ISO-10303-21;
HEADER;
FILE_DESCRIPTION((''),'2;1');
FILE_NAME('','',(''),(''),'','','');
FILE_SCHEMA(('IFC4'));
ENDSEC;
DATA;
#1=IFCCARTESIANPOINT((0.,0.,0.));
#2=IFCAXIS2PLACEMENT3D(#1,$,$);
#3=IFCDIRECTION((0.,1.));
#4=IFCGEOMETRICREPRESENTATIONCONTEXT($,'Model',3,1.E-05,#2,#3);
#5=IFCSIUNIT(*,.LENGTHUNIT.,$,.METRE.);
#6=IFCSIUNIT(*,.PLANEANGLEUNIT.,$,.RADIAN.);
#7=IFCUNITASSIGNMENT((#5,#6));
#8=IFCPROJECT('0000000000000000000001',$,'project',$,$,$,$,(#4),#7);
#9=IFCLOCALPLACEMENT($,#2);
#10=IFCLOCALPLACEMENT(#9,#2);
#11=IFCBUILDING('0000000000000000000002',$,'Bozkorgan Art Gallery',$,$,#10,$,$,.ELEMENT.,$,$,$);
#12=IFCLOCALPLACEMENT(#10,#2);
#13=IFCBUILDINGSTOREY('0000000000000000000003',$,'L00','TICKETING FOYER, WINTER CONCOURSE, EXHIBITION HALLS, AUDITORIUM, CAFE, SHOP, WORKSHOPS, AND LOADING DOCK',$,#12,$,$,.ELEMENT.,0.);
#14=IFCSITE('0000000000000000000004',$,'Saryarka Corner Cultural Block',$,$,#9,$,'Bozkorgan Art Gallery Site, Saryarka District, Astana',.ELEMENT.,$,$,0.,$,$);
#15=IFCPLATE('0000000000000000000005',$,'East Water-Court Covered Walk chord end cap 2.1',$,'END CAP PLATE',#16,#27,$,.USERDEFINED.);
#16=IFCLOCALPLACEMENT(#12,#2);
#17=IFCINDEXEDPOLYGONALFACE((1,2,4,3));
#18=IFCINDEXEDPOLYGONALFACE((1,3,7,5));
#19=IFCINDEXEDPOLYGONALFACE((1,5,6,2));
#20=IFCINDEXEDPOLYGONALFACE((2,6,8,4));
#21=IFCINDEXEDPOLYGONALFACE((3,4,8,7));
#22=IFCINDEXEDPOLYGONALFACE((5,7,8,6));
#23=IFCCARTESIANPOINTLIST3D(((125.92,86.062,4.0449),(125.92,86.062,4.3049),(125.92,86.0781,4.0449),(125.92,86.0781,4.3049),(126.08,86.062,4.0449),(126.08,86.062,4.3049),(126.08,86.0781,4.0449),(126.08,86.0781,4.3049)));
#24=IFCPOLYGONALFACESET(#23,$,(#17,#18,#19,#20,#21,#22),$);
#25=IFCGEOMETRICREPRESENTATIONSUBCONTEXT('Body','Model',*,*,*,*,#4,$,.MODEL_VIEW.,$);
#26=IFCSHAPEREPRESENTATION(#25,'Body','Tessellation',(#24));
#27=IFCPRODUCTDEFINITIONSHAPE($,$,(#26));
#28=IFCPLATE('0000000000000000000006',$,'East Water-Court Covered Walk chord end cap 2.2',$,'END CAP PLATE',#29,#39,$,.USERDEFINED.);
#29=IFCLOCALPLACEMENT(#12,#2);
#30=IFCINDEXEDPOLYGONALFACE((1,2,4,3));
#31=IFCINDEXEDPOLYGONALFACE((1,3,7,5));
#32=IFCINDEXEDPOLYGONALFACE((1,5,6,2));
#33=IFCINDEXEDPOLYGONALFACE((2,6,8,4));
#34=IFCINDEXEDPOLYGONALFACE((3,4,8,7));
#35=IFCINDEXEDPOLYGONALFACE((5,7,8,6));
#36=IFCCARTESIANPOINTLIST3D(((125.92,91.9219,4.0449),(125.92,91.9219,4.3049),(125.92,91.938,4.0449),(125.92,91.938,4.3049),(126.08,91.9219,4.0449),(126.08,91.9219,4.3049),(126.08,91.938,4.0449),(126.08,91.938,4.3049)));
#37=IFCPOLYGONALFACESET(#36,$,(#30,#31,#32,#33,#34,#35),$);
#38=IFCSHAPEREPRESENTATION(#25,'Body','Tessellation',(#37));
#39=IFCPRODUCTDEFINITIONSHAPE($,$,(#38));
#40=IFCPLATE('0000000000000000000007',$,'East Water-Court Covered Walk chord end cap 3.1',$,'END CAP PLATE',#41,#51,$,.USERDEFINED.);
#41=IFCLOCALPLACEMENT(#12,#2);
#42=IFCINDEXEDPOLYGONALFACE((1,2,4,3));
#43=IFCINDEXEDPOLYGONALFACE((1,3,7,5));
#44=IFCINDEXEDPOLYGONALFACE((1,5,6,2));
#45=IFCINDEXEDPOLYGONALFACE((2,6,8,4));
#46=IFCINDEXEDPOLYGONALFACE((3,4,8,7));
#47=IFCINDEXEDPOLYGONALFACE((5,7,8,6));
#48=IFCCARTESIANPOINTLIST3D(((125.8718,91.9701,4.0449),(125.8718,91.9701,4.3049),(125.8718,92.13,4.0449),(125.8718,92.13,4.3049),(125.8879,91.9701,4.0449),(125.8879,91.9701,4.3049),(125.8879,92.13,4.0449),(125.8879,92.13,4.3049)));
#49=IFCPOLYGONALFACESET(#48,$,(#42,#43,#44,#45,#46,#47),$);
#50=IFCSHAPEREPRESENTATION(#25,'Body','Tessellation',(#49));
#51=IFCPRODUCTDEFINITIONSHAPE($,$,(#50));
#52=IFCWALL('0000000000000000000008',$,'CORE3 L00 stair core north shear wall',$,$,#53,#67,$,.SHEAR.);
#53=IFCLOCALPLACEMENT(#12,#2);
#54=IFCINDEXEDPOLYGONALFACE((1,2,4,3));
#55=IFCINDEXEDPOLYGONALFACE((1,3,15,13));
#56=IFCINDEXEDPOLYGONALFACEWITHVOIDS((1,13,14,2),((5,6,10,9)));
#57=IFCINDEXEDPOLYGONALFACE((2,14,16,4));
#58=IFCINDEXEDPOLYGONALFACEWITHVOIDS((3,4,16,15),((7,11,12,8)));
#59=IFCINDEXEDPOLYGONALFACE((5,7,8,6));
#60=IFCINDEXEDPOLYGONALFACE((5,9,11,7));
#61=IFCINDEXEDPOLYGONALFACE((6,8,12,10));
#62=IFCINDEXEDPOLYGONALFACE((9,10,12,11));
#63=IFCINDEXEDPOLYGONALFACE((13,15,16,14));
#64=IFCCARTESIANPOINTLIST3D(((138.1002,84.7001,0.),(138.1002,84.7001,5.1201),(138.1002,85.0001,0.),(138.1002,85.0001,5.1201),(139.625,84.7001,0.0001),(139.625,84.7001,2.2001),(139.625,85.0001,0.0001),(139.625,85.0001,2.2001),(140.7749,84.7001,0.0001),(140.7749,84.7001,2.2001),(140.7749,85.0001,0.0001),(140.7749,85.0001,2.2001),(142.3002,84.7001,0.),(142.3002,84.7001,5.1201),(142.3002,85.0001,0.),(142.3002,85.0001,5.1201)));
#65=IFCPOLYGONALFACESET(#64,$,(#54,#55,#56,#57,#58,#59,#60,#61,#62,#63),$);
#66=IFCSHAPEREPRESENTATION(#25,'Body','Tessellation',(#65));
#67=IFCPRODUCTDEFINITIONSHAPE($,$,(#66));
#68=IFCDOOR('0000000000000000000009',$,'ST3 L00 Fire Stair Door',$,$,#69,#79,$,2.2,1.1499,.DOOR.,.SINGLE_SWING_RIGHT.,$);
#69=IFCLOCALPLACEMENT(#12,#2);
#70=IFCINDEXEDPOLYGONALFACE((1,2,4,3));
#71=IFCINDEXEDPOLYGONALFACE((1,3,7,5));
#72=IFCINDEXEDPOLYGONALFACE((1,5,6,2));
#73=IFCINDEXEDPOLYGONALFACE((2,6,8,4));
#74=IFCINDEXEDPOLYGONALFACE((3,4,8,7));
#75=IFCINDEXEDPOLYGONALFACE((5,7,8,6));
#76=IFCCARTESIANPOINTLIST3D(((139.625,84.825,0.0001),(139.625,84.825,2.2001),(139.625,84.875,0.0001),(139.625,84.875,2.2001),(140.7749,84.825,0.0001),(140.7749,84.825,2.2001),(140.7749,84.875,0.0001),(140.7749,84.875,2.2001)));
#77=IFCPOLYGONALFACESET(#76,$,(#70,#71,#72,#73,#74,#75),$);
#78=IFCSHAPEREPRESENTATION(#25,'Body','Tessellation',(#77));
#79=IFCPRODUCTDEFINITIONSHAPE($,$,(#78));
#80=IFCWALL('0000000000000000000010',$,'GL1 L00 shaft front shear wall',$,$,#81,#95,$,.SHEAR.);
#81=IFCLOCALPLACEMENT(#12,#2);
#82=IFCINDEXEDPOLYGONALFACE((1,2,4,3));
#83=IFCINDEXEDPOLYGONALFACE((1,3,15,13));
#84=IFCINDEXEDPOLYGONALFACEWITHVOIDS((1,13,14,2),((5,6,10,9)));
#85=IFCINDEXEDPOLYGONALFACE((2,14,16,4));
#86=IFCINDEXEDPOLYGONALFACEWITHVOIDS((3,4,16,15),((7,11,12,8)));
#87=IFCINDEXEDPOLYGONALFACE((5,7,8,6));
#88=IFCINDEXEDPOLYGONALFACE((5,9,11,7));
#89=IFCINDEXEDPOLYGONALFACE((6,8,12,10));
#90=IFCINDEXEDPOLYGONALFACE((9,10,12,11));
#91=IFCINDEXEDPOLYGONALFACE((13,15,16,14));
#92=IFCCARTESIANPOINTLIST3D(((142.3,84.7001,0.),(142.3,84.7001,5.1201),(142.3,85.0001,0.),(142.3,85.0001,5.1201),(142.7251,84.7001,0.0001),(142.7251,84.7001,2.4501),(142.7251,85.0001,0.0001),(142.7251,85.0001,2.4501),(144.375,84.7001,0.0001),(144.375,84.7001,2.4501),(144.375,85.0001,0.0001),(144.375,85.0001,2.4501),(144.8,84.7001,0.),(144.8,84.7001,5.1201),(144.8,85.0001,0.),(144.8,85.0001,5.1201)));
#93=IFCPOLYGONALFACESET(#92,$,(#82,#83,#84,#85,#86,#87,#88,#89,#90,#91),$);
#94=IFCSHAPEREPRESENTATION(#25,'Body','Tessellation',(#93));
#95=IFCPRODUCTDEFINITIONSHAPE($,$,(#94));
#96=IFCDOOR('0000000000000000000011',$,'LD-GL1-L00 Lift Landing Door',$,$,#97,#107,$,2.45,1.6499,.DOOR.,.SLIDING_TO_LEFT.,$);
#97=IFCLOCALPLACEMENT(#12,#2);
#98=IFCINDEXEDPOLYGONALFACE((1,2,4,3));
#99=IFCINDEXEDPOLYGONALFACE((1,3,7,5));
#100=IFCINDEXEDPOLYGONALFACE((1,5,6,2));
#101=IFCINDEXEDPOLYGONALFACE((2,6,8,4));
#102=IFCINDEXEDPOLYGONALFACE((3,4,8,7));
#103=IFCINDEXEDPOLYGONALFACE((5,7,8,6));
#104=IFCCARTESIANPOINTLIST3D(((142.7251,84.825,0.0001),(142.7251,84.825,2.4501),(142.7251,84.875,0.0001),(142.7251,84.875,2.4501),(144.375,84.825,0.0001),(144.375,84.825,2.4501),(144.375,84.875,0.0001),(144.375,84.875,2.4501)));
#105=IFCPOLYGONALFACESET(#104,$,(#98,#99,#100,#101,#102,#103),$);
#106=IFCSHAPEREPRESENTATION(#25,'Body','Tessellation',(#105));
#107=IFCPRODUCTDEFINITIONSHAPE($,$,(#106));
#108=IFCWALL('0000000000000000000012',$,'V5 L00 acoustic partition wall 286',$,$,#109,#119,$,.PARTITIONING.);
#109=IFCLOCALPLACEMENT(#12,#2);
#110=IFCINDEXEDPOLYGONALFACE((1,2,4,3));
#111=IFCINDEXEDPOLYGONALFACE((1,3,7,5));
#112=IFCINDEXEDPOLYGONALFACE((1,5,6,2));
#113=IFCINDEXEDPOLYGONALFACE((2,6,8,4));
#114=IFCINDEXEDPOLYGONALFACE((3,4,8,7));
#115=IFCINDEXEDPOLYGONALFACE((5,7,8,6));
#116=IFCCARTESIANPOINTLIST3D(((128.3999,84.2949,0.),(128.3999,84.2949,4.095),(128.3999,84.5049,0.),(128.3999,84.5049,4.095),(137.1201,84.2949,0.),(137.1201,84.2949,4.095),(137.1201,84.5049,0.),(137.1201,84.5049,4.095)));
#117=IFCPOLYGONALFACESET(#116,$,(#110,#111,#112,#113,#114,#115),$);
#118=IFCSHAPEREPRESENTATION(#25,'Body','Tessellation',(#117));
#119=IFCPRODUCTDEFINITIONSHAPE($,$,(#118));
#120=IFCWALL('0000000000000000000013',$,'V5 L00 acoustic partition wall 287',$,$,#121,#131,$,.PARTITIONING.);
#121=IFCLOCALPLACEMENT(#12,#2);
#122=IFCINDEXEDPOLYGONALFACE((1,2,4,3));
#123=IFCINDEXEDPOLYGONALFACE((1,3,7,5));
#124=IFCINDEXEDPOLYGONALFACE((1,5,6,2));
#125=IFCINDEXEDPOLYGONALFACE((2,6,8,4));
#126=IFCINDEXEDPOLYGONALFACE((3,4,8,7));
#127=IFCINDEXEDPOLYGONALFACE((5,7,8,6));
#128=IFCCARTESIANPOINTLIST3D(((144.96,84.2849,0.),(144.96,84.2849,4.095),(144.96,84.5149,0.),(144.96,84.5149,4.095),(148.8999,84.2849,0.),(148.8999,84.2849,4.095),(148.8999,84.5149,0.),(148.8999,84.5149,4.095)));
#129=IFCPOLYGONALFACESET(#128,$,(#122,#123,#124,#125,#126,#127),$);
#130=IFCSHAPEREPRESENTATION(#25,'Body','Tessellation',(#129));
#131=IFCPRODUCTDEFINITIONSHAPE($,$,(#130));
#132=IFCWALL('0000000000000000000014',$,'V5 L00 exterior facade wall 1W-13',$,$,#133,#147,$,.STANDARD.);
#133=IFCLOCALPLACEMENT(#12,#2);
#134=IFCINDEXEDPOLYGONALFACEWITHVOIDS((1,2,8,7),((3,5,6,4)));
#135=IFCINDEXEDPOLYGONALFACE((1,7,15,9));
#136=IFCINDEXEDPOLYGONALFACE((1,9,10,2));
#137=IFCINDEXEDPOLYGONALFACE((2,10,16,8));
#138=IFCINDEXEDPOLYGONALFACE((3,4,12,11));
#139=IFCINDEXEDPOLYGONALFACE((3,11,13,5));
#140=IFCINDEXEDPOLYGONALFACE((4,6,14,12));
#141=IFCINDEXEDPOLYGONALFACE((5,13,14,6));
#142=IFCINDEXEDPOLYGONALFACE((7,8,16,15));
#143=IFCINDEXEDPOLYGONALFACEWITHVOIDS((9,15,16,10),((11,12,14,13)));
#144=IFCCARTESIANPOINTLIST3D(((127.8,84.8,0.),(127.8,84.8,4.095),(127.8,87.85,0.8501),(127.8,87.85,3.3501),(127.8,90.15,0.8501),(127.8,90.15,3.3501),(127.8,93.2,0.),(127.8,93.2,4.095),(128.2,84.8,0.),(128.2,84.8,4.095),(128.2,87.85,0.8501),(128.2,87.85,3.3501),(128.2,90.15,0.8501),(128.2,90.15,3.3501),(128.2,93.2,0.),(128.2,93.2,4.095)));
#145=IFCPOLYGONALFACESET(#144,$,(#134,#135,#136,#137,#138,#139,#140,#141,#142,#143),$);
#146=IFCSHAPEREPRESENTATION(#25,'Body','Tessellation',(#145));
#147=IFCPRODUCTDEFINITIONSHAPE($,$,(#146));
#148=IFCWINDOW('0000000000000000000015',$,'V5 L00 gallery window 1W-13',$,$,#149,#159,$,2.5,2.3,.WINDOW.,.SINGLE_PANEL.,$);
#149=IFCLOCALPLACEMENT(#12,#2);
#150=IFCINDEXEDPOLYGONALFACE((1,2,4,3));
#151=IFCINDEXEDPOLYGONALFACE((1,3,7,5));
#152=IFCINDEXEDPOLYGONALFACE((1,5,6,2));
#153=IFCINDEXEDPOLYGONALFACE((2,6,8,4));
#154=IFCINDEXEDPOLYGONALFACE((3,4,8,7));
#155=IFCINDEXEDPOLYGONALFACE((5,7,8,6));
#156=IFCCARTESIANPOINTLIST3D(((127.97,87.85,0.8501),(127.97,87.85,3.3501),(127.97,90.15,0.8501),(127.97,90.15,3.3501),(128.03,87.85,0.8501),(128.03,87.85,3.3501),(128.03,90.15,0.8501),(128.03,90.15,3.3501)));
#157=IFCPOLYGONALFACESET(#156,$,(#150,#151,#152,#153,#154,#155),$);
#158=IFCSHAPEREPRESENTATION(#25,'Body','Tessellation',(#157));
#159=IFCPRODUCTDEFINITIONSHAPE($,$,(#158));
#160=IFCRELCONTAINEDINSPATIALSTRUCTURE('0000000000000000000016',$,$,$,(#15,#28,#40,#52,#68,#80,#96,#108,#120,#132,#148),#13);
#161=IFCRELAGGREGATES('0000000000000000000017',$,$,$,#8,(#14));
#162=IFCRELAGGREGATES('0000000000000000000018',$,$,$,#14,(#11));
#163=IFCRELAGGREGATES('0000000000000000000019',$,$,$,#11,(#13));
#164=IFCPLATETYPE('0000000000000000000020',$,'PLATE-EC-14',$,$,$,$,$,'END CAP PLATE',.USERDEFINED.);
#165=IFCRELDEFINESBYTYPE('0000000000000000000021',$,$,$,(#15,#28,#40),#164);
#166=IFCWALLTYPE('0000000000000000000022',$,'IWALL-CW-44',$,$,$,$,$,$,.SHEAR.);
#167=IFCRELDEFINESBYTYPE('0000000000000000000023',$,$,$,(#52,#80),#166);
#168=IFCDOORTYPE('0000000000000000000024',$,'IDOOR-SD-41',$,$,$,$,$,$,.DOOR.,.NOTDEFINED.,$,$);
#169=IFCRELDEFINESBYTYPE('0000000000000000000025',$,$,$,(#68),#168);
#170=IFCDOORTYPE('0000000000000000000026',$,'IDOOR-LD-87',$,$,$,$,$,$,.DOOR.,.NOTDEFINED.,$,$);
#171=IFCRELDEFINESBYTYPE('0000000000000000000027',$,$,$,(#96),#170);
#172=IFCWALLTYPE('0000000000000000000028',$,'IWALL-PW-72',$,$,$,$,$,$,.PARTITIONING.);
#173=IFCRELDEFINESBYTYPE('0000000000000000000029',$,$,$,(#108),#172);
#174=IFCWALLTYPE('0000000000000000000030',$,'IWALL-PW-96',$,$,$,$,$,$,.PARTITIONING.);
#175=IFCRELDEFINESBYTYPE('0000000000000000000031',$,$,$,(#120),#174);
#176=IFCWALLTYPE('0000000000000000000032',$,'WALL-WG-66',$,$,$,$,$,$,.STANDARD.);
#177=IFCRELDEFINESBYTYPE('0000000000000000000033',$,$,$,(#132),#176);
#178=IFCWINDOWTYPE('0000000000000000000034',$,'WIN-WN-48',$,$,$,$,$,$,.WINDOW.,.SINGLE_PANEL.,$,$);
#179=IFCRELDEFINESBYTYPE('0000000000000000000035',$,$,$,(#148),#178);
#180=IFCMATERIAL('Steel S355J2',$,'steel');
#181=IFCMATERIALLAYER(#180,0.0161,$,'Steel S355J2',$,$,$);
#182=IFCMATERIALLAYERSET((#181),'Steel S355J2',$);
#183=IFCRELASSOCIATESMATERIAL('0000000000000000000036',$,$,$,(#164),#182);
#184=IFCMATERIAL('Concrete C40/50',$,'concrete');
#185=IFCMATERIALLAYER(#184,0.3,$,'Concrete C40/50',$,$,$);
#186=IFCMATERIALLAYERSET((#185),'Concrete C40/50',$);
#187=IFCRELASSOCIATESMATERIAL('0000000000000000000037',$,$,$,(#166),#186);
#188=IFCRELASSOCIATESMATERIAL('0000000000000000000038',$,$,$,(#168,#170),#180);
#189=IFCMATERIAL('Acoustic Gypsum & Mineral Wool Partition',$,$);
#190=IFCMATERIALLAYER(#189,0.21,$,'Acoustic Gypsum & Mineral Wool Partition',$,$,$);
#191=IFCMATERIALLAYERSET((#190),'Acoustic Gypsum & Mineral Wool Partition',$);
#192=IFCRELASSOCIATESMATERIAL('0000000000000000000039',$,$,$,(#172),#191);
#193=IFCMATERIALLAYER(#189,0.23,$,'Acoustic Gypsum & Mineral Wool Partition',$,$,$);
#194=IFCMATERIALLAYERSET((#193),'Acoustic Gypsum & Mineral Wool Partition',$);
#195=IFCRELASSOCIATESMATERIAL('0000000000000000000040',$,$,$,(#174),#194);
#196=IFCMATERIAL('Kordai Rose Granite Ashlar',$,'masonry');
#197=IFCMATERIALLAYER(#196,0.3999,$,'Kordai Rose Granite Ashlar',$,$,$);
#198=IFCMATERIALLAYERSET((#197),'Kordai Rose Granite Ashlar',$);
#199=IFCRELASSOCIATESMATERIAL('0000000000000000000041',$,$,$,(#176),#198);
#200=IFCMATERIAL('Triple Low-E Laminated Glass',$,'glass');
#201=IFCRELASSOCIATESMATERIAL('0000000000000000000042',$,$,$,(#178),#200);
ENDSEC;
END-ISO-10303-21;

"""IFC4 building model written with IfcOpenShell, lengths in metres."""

from ifc_helpers import new_model, si_unit, direction, frame, frame_2d, origin, origin_2d, place, context, subcontext, project, spatial, rectangle, extrude, material, layer, layer_set, type_object, element, fill, save


model = new_model("IFC4")

# Units and contexts
model_context = context("Model", 3, precision=1e-05, world=origin(), true_north=direction((0.0, 1.0)))
body_context = subcontext(model_context, "Body", "Model", "MODEL_VIEW")
ifc_project = project(units=[si_unit("LENGTHUNIT", "METRE"), si_unit("PLANEANGLEUNIT", "RADIAN")], contexts=[model_context])

# Site, building, storey
site_placement = place(None, origin())
site = spatial("IfcSite", under=ifc_project, at=site_placement, Name="Saryarka Corner Cultural Block", LongName="Bozkorgan Art Gallery Site, Saryarka District, Astana", CompositionType="ELEMENT", RefElevation=0.0)
building_placement = place(site_placement, origin())
building = spatial("IfcBuilding", under=site, at=building_placement, Name="Bozkorgan Art Gallery", CompositionType="ELEMENT")
storey_placement = place(building_placement, origin())
storey = spatial("IfcBuildingStorey", under=building, at=storey_placement, Name="L00", Description="TICKETING FOYER, WINTER CONCOURSE, EXHIBITION HALLS, AUDITORIUM, CAFE, SHOP, WORKSHOPS, AND LOADING DOCK", CompositionType="ELEMENT", Elevation=0.0)

# Shared definitions
ifc_material_1 = material(Name="Concrete C40/50", Category="concrete")
ifc_material_2 = material(Name="Steel S355J2", Category="steel")

# Plates
ifc_layer_1 = layer(ifc_material_2, 0.0161, Name="Steel S355J2")
ifc_layer_set_1 = layer_set([ifc_layer_1], Name="Steel S355J2")
plate_type = type_object("IfcPlateType", Name="PLATE-EC-14", ElementType="END CAP PLATE", PredefinedType="USERDEFINED", material=ifc_layer_set_1)
for number, where, z_axis, x_axis, name in (
    (1, (126.0, 86.0701, 4.0449), (0.0, 0.0, 1.0), (0.0, 1.0, 0.0), "East Water-Court Covered Walk chord end cap 2.1"),
    (2, (126.0, 91.9299, 4.0449), (0.0, 0.0, 1.0), (0.0, 1.0, 0.0), "East Water-Court Covered Walk chord end cap 2.2"),
    (3, (125.8799, 92.05, 4.0449), (0.0, 0.0, 1.0), (-1.0, 0.0, 0.0), "East Water-Court Covered Walk chord end cap 3.1"),
):
    element("IfcPlate", number, at=place(storey_placement, frame(where, z_axis=z_axis, x_axis=x_axis)), inside=storey, type_object=plate_type, Name=name, ObjectType="END CAP PLATE", PredefinedType="USERDEFINED", context=body_context, shape_type="SweptSolid", body=[
        extrude(rectangle(XDim=0.0161, YDim=0.1599, at=origin_2d()), origin(), (0.0, 0.0, 1.0), 0.26),
    ])

# Walls, openings, doors
ifc_layer_2 = layer(ifc_material_1, 0.3, Name="Concrete C40/50")
ifc_layer_set_2 = layer_set([ifc_layer_2], Name="Concrete C40/50")
wall_type_1 = type_object("IfcWallType", Name="IWALL-CW-44", PredefinedType="SHEAR", material=ifc_layer_set_2)
wall_1_placement = place(storey_placement, frame((138.1001, 84.8501, 0.0), z_axis=(0.0, 0.0, 1.0), x_axis=(1.0, 0.0, 0.0)))
wall_1 = element("IfcWall", 4, at=wall_1_placement, inside=storey, type_object=wall_type_1, Name="CORE3 L00 stair core north shear wall", PredefinedType="SHEAR", context=body_context, shape_type="SweptSolid", body=[
    extrude(rectangle(XDim=4.2, YDim=0.3, at=frame_2d((2.1001, 0.0))), origin(), (0.0, 0.0, 1.0), 5.1201),
])
opening_1_placement = place(wall_1_placement, frame((1.5249, 0.0, 0.0)))
opening_1 = element("IfcOpeningElement", 5, at=opening_1_placement, cuts=wall_1, PredefinedType="OPENING", context=body_context, shape_type="SweptSolid", body=[
    extrude(rectangle(XDim=1.1499, YDim=2.2, at=frame_2d((0.575, 1.1001))), frame((0.0, 0.1602, 0.0), z_axis=(0.0, -1.0, 0.0), x_axis=(1.0, 0.0, 0.0)), (0.0, 0.0, 1.0), 0.3201),
])
door_type_1 = type_object("IfcDoorType", Name="IDOOR-SD-41", OperationType="NOTDEFINED", PredefinedType="DOOR", material=ifc_material_2)
door_1_placement = place(opening_1_placement, origin())
door_1 = element("IfcDoor", 6, at=door_1_placement, inside=storey, type_object=door_type_1, Name="ST3 L00 Fire Stair Door", OperationType="SINGLE_SWING_RIGHT", OverallHeight=2.2, OverallWidth=1.1499, PredefinedType="DOOR", context=body_context, shape_type="SweptSolid", body=[
    extrude(rectangle(XDim=1.1499, YDim=2.2, at=frame_2d((0.575, 1.1001))), frame((0.0, 0.0249, 0.0), z_axis=(0.0, -1.0, 0.0), x_axis=(1.0, 0.0, 0.0)), (0.0, 0.0, 1.0), 0.05),
])
fill(opening_1, door_1)
wall_2_placement = place(storey_placement, frame((142.3, 84.8501, 0.0), z_axis=(0.0, 0.0, 1.0), x_axis=(1.0, 0.0, 0.0)))
wall_2 = element("IfcWall", 7, at=wall_2_placement, inside=storey, type_object=wall_type_1, Name="GL1 L00 shaft front shear wall", PredefinedType="SHEAR", context=body_context, shape_type="SweptSolid", body=[
    extrude(rectangle(XDim=2.5, YDim=0.3, at=frame_2d((1.25, 0.0))), origin(), (0.0, 0.0, 1.0), 5.1201),
])
opening_2_placement = place(wall_2_placement, frame((0.425, 0.0, 0.0)))
opening_2 = element("IfcOpeningElement", 8, at=opening_2_placement, cuts=wall_2, PredefinedType="OPENING", context=body_context, shape_type="SweptSolid", body=[
    extrude(rectangle(XDim=1.6499, YDim=2.45, at=frame_2d((0.825, 1.2251))), frame((0.0, 0.1602, 0.0), z_axis=(0.0, -1.0, 0.0), x_axis=(1.0, 0.0, 0.0)), (0.0, 0.0, 1.0), 0.3201),
])
door_type_2 = type_object("IfcDoorType", Name="IDOOR-LD-87", OperationType="NOTDEFINED", PredefinedType="DOOR", material=ifc_material_2)
door_2_placement = place(opening_2_placement, origin())
door_2 = element("IfcDoor", 9, at=door_2_placement, inside=storey, type_object=door_type_2, Name="LD-GL1-L00 Lift Landing Door", OperationType="SLIDING_TO_LEFT", OverallHeight=2.45, OverallWidth=1.6499, PredefinedType="DOOR", context=body_context, shape_type="SweptSolid", body=[
    extrude(rectangle(XDim=1.6499, YDim=2.45, at=frame_2d((0.825, 1.2251))), frame((0.0, 0.0249, 0.0), z_axis=(0.0, -1.0, 0.0), x_axis=(1.0, 0.0, 0.0)), (0.0, 0.0, 1.0), 0.05),
])
fill(opening_2, door_2)

# Walls
ifc_material_3 = material(Name="Acoustic Gypsum & Mineral Wool Partition")
ifc_layer_3 = layer(ifc_material_3, 0.21, Name="Acoustic Gypsum & Mineral Wool Partition")
ifc_layer_set_3 = layer_set([ifc_layer_3], Name="Acoustic Gypsum & Mineral Wool Partition")
wall_type_2 = type_object("IfcWallType", Name="IWALL-PW-72", PredefinedType="PARTITIONING", material=ifc_layer_set_3)
wall_3_placement = place(storey_placement, frame((128.3999, 84.3999, 0.0), z_axis=(0.0, 0.0, 1.0), x_axis=(1.0, 0.0, 0.0)))
element("IfcWall", 10, at=wall_3_placement, inside=storey, type_object=wall_type_2, Name="V5 L00 acoustic partition wall 286", PredefinedType="PARTITIONING", context=body_context, shape_type="SweptSolid", body=[
    extrude(rectangle(XDim=8.7202, YDim=0.21, at=frame_2d((4.3601, 0.0))), origin(), (0.0, 0.0, 1.0), 4.095),
])
ifc_layer_4 = layer(ifc_material_3, 0.23, Name="Acoustic Gypsum & Mineral Wool Partition")
ifc_layer_set_4 = layer_set([ifc_layer_4], Name="Acoustic Gypsum & Mineral Wool Partition")
wall_type_3 = type_object("IfcWallType", Name="IWALL-PW-96", PredefinedType="PARTITIONING", material=ifc_layer_set_4)
wall_4_placement = place(storey_placement, frame((144.96, 84.3999, 0.0), z_axis=(0.0, 0.0, 1.0), x_axis=(1.0, 0.0, 0.0)))
element("IfcWall", 11, at=wall_4_placement, inside=storey, type_object=wall_type_3, Name="V5 L00 acoustic partition wall 287", PredefinedType="PARTITIONING", context=body_context, shape_type="SweptSolid", body=[
    extrude(rectangle(XDim=3.9399, YDim=0.23, at=frame_2d((1.97, 0.0))), origin(), (0.0, 0.0, 1.0), 4.095),
])

# Wall, opening, window
ifc_material_4 = material(Name="Kordai Rose Granite Ashlar", Category="masonry")
ifc_layer_5 = layer(ifc_material_4, 0.3999, Name="Kordai Rose Granite Ashlar")
ifc_layer_set_5 = layer_set([ifc_layer_5], Name="Kordai Rose Granite Ashlar")
wall_type_4 = type_object("IfcWallType", Name="WALL-WG-66", PredefinedType="STANDARD", material=ifc_layer_set_5)
wall_5_placement = place(storey_placement, frame((128.0, 84.8, 0.0), z_axis=(0.0, 0.0, 1.0), x_axis=(0.0, 1.0, 0.0)))
wall_5 = element("IfcWall", 12, at=wall_5_placement, inside=storey, type_object=wall_type_4, Name="V5 L00 exterior facade wall 1W-13", PredefinedType="STANDARD", context=body_context, shape_type="SweptSolid", body=[
    extrude(rectangle(XDim=8.3999, YDim=0.3999, at=frame_2d((4.2, 0.0))), origin(), (0.0, 0.0, 1.0), 4.095),
])
opening_3_placement = place(wall_5_placement, frame((3.05, 0.0, 0.8501)))
opening_3 = element("IfcOpeningElement", 13, at=opening_3_placement, cuts=wall_5, PredefinedType="OPENING", context=body_context, shape_type="SweptSolid", body=[
    extrude(rectangle(XDim=2.3, YDim=2.5, at=frame_2d((1.1499, 1.25))), frame((0.0, 0.21, 0.0), z_axis=(0.0, -1.0, 0.0), x_axis=(1.0, 0.0, 0.0)), (0.0, 0.0, 1.0), 0.4199),
])
ifc_material_5 = material(Name="Triple Low-E Laminated Glass", Category="glass")
window_type = type_object("IfcWindowType", Name="WIN-WN-48", PartitioningType="SINGLE_PANEL", PredefinedType="WINDOW", material=ifc_material_5)
window_placement = place(opening_3_placement, origin())
window = element("IfcWindow", 14, at=window_placement, inside=storey, type_object=window_type, Name="V5 L00 gallery window 1W-13", OverallHeight=2.5, OverallWidth=2.3, PartitioningType="SINGLE_PANEL", PredefinedType="WINDOW", context=body_context, shape_type="SweptSolid", body=[
    extrude(rectangle(XDim=2.3, YDim=2.5, at=frame_2d((1.1499, 1.25))), frame((0.0, 0.03, 0.0), z_axis=(0.0, -1.0, 0.0), x_axis=(1.0, 0.0, 0.0)), (0.0, 0.0, 1.0), 0.0601),
])
fill(opening_3, window)

save(model, "model.ifc")
